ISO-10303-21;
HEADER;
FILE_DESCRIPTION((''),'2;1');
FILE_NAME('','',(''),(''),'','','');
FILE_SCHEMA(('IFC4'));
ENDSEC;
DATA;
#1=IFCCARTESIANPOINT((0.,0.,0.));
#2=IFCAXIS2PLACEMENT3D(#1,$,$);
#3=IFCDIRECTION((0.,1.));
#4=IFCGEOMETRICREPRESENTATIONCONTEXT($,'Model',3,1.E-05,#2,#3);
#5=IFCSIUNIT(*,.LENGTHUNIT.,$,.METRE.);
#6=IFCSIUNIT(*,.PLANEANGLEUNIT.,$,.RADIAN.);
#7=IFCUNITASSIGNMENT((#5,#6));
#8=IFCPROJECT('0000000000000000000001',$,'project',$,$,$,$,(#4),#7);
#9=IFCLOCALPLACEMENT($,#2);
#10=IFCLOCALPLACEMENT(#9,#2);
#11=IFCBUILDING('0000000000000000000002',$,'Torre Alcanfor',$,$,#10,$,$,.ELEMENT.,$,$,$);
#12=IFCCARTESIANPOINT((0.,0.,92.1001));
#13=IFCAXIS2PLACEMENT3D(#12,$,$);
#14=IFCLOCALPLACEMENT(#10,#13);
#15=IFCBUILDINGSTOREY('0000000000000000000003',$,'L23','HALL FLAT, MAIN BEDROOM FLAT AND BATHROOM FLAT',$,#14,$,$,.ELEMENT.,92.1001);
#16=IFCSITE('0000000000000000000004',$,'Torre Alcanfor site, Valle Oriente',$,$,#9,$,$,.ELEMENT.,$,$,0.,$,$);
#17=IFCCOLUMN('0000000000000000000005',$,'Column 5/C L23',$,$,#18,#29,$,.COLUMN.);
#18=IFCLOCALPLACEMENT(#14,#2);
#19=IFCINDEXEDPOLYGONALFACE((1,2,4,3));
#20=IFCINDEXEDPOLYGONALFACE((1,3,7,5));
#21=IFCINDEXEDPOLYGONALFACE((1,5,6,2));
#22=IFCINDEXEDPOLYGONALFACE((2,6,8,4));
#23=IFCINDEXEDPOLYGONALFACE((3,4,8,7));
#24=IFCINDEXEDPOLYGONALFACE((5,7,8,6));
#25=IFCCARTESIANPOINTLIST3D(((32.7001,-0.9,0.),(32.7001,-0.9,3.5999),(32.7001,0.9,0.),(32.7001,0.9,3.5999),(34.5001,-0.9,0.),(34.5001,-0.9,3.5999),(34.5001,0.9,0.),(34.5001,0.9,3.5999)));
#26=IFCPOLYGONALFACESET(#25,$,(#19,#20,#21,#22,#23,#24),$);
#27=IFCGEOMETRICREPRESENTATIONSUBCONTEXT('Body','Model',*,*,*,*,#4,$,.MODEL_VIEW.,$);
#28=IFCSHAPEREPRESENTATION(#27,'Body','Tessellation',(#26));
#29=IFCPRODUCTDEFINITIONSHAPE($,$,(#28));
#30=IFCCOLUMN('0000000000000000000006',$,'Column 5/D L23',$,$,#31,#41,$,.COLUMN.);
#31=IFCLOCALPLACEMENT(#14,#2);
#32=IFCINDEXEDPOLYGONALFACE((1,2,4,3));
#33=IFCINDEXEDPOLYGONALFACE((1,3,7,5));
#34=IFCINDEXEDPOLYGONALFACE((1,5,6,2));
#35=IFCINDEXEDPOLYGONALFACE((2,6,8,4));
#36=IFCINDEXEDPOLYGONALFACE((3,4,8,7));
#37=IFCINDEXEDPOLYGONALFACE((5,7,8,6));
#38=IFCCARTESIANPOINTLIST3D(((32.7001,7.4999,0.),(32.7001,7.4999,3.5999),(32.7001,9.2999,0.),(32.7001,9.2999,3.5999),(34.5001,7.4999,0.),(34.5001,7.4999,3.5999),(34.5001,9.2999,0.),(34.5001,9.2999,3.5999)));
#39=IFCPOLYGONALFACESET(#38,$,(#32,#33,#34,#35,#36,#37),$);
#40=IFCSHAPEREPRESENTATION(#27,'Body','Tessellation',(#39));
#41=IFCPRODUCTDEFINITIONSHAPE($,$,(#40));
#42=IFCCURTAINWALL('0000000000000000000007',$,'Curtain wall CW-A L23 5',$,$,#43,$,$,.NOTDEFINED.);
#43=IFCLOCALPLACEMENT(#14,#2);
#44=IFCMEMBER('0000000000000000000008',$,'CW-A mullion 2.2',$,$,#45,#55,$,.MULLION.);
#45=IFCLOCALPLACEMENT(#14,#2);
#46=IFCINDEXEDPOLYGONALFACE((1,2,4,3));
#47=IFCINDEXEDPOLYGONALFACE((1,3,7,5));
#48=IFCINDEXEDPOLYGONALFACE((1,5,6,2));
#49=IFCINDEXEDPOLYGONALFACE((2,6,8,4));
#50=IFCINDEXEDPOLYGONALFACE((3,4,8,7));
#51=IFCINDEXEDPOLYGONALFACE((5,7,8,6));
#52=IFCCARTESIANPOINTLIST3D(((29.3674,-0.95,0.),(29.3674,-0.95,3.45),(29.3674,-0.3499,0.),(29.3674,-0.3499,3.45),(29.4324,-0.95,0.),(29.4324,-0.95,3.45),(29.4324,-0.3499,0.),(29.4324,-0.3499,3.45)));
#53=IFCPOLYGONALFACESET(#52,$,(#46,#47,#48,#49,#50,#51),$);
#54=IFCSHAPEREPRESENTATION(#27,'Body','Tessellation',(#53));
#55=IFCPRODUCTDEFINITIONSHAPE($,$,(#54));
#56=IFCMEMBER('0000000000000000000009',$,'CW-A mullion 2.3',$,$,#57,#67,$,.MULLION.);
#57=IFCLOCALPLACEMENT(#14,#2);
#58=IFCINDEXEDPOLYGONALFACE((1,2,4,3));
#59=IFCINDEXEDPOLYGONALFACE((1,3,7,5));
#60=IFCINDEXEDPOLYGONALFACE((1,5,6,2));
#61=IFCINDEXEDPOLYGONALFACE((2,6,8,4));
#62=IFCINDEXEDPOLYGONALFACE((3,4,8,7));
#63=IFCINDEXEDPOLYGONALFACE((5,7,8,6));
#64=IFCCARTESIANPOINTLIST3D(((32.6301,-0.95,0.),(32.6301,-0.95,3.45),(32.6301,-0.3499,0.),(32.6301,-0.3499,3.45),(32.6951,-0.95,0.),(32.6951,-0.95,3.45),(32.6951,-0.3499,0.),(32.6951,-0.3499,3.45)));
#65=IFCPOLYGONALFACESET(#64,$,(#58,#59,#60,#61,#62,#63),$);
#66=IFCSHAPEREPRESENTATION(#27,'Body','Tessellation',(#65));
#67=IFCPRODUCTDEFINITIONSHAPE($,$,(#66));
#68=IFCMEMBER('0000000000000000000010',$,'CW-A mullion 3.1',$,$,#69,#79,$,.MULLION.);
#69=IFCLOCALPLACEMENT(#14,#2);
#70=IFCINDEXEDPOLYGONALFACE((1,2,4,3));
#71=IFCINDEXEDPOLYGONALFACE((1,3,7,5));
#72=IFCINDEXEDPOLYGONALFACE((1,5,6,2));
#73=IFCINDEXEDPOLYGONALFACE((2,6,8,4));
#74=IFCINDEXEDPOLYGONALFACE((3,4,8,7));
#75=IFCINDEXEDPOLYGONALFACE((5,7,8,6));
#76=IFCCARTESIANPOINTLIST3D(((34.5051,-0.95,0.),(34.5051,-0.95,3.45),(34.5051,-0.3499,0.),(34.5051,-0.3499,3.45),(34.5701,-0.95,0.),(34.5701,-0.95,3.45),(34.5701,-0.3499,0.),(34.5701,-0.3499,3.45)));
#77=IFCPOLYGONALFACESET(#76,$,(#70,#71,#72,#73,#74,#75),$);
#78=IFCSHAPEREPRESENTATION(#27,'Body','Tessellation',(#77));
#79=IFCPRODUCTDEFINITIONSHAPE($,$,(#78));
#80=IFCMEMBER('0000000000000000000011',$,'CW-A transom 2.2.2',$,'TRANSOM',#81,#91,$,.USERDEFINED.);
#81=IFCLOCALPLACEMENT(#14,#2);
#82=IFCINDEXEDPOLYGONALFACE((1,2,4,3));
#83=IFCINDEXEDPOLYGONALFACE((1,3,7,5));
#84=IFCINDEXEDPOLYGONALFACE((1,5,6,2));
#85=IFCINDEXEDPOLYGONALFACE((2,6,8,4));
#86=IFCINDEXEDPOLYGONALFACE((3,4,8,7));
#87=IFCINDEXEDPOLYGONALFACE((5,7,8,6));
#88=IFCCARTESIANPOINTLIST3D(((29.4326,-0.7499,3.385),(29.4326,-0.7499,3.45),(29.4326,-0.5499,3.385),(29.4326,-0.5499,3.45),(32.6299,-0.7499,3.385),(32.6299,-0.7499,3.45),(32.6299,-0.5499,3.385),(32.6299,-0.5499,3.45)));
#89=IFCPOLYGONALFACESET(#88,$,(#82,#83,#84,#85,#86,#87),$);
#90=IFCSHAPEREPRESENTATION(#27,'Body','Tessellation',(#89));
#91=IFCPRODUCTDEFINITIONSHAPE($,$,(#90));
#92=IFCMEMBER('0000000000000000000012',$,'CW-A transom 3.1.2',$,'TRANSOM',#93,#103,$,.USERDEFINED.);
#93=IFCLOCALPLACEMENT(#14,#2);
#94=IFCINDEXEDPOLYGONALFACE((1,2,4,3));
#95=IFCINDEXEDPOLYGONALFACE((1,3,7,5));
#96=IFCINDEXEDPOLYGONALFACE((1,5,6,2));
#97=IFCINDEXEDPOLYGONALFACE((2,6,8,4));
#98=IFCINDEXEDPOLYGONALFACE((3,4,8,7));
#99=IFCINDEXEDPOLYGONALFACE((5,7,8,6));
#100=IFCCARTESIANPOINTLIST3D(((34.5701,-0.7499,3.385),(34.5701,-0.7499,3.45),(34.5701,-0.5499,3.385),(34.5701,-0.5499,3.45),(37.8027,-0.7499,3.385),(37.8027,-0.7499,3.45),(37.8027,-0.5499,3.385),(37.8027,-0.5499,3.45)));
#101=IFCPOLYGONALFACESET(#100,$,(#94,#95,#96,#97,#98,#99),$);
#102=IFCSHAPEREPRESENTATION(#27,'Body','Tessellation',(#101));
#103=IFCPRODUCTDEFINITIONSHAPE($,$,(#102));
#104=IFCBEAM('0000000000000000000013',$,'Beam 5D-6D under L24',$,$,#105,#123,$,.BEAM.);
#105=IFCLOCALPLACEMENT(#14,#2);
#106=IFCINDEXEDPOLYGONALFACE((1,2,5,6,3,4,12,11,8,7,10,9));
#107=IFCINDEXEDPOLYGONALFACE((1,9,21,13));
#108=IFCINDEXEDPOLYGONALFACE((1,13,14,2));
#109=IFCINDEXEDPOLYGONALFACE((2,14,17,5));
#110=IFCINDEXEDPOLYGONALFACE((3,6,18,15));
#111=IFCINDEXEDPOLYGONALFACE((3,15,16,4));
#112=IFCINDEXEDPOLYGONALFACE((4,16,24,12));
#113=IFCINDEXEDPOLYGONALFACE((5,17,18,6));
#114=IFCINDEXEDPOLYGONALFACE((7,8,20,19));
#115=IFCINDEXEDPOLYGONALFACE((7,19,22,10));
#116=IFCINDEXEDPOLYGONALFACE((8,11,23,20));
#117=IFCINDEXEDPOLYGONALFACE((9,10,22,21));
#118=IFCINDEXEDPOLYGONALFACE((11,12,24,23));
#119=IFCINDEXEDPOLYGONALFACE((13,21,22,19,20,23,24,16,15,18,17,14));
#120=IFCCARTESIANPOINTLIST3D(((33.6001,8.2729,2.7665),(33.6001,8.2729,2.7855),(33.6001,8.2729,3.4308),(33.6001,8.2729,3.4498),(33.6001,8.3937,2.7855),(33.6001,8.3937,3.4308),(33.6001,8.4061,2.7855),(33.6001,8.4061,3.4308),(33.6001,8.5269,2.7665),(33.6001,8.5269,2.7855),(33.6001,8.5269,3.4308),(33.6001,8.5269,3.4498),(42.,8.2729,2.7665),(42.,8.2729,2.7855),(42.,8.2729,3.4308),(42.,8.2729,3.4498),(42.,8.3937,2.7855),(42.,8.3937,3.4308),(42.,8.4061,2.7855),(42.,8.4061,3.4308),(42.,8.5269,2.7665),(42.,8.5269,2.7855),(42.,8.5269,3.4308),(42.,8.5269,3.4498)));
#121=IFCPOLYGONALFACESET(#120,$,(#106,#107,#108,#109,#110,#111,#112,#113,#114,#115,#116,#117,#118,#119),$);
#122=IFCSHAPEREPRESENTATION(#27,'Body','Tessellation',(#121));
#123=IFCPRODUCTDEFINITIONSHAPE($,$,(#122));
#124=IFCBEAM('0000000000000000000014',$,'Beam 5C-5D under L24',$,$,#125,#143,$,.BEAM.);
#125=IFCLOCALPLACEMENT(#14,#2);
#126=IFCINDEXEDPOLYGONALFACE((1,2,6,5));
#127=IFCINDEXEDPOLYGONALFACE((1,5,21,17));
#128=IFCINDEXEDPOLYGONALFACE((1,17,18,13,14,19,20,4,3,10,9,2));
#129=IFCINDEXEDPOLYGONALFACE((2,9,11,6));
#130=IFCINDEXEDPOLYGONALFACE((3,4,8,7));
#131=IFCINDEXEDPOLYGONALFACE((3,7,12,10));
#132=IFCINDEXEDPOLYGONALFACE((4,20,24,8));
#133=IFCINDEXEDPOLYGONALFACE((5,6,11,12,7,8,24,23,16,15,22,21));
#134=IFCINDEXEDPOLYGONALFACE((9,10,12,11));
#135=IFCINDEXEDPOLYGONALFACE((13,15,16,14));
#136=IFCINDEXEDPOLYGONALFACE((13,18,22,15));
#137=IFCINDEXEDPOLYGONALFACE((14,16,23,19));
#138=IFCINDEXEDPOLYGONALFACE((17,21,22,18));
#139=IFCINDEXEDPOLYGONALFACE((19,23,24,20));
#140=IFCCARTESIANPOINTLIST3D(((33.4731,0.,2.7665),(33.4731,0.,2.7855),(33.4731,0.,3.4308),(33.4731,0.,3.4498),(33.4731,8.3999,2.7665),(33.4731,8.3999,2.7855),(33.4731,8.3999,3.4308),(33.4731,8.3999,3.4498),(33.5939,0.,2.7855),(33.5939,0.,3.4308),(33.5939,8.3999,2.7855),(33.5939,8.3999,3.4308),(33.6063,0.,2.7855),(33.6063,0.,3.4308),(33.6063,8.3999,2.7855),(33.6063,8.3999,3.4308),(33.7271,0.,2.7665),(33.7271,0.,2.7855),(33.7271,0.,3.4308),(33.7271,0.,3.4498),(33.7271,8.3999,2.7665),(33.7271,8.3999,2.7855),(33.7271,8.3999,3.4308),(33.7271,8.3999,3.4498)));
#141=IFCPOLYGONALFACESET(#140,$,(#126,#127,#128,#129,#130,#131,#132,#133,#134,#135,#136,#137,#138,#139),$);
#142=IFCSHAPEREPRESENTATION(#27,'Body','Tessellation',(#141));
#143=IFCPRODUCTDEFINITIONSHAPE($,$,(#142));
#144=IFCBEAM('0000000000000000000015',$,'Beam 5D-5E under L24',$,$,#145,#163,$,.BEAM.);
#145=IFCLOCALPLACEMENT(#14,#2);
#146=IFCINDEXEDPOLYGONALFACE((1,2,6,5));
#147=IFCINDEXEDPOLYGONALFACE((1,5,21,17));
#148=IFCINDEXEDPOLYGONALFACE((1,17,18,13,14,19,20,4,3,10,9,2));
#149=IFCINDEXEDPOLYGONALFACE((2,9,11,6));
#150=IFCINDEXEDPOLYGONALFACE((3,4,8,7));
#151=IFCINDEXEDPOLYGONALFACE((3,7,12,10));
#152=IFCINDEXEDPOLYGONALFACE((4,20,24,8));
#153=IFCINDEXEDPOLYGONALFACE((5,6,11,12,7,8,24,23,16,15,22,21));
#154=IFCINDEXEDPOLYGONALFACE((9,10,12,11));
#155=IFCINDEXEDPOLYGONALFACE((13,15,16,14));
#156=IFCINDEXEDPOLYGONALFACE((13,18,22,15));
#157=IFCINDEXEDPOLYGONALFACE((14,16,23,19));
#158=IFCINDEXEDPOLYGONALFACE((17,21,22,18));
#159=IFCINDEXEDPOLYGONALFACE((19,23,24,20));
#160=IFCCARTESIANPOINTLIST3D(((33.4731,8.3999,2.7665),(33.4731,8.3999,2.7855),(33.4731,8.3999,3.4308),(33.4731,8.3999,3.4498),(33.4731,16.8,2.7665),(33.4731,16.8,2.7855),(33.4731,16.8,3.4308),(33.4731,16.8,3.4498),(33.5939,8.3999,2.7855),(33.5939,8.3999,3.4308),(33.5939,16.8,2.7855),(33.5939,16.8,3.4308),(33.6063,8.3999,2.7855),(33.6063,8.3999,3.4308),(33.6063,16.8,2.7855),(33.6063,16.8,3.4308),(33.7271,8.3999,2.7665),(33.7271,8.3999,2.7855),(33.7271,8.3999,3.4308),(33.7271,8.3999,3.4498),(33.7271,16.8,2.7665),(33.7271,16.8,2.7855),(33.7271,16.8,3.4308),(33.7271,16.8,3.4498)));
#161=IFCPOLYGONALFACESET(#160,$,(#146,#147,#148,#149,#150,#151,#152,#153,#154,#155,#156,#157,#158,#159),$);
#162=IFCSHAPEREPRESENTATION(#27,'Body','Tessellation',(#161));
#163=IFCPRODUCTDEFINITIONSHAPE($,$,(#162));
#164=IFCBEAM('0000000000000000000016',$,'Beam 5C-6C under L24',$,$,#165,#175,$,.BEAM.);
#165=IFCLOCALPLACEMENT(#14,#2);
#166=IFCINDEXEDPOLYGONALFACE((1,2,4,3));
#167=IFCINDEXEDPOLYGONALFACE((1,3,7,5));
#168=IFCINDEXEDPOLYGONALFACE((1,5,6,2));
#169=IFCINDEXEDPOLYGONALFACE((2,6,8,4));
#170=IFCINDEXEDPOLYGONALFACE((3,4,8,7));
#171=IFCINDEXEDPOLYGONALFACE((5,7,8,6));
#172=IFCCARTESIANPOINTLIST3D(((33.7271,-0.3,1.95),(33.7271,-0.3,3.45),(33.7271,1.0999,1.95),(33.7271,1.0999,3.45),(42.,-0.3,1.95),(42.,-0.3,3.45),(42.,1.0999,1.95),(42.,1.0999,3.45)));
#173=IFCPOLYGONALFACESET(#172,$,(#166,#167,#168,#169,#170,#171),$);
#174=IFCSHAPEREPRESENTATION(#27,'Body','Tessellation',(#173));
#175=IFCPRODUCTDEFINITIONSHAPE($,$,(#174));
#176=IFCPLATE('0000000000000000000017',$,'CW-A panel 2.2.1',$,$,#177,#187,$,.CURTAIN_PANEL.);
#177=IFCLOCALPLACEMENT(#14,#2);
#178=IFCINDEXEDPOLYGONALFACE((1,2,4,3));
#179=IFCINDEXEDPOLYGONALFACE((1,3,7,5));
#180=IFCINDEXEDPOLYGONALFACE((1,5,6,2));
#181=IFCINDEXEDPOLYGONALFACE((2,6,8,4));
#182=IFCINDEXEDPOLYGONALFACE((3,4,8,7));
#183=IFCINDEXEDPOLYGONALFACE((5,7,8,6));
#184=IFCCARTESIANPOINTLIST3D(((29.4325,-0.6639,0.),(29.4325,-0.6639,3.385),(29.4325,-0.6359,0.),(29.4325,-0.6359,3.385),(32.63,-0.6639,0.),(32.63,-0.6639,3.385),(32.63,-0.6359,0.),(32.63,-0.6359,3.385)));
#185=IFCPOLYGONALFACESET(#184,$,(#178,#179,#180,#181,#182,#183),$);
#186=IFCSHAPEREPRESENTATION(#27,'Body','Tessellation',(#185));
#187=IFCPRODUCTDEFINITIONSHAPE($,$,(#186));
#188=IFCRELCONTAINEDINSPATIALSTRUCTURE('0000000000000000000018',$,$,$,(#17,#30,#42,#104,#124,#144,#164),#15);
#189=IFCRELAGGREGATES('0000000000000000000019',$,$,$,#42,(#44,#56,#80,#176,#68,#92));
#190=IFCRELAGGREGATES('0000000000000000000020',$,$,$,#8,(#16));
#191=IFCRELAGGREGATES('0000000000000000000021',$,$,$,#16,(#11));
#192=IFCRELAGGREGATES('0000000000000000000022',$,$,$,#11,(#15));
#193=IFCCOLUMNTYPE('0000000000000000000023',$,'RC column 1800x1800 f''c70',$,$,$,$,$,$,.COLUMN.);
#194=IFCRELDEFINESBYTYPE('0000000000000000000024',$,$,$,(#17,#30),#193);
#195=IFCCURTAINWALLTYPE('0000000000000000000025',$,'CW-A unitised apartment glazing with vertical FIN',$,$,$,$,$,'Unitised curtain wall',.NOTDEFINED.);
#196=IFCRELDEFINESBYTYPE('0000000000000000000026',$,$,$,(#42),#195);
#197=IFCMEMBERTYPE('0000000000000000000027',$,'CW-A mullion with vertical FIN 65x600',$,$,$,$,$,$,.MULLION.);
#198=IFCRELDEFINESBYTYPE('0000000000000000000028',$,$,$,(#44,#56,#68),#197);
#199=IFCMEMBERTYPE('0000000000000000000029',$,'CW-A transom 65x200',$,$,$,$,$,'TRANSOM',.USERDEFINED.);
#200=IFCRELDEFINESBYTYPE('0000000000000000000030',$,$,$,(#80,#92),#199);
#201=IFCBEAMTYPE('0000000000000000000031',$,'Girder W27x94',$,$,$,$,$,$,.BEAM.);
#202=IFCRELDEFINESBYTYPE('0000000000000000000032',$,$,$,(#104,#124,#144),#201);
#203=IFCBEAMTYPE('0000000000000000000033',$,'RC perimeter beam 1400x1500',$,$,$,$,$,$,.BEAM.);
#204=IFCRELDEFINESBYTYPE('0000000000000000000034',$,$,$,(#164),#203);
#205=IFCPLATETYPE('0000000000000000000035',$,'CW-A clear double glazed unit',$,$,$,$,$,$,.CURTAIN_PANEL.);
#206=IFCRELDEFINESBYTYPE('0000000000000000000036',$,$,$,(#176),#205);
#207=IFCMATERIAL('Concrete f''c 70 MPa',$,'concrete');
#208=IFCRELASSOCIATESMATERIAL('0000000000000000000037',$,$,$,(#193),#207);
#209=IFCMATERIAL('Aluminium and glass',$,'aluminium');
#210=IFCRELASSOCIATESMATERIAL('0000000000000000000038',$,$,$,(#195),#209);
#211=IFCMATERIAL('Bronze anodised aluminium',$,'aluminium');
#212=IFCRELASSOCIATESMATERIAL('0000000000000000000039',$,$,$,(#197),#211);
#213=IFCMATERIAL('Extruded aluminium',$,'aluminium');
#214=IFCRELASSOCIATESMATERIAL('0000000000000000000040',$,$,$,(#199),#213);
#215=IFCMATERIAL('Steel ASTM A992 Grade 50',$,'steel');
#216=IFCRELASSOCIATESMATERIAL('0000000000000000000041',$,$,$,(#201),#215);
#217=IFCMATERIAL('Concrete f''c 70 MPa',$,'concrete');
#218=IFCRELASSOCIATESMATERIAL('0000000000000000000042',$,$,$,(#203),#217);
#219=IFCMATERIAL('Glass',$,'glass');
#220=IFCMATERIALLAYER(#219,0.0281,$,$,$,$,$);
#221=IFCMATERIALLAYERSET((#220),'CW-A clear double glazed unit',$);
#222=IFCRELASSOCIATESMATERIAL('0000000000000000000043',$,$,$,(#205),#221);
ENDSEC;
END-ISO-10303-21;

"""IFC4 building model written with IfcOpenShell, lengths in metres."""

from ifc_helpers import new_model, si_unit, direction, frame, origin, origin_2d, place, context, subcontext, project, spatial, rectangle, i_section, extrude, material, layer, layer_set, material_profile, profile_set, type_object, element, aggregate, save


model = new_model("IFC4")

# Units and contexts
model_context = context("Model", 3, precision=1e-05, world=origin(), true_north=direction((0.0, 1.0)))
body_context = subcontext(model_context, "Body", "Model", "MODEL_VIEW")
ifc_project = project(units=[si_unit("LENGTHUNIT", "METRE"), si_unit("PLANEANGLEUNIT", "RADIAN")], contexts=[model_context])

# Site, building, storey
site_placement = place(None, origin())
site = spatial("IfcSite", under=ifc_project, at=site_placement, Name="Torre Alcanfor site, Valle Oriente", CompositionType="ELEMENT", RefElevation=0.0)
building_placement = place(site_placement, origin())
building = spatial("IfcBuilding", under=site, at=building_placement, Name="Torre Alcanfor", CompositionType="ELEMENT")
storey_placement = place(building_placement, frame((0.0, 0.0, 92.1001)))
storey = spatial("IfcBuildingStorey", under=building, at=storey_placement, Name="L23", Description="HALL FLAT, MAIN BEDROOM FLAT AND BATHROOM FLAT", CompositionType="ELEMENT", Elevation=92.1001)

# Columns
ifc_material_1 = material(Name="Concrete f'c 70 MPa", Category="concrete")
ifc_material_profile_1 = material_profile(ifc_material_1, rectangle(XDim=1.8, YDim=1.8, at=origin_2d()), Name="1800x1800")
ifc_profile_set_1 = profile_set([ifc_material_profile_1], Name="Concrete f'c 70 MPa")
column_type = type_object("IfcColumnType", Name="RC column 1800x1800 f'c70", PredefinedType="COLUMN", material=ifc_profile_set_1)
for number, where, z_axis, x_axis, name in (
    (1, (33.6001, 0.0, 0.0), (0.0, 0.0, 1.0), (1.0, 0.0, 0.0), "Column 5/C L23"),
    (2, (33.6001, 8.3999, 0.0), (0.0, 0.0, 1.0), (1.0, 0.0, 0.0), "Column 5/D L23"),
):
    element("IfcColumn", number, at=place(storey_placement, frame(where, z_axis=z_axis, x_axis=x_axis)), inside=storey, type_object=column_type, Name=name, PredefinedType="COLUMN", context=body_context, shape_type="SweptSolid", body=[
        extrude(rectangle(XDim=1.8, YDim=1.8, at=origin_2d()), origin(), (0.0, 0.0, 1.0), 3.5999),
    ])

# Curtain wall, members
ifc_material_2 = material(Name="Aluminium and glass", Category="aluminium")
curtain_wall_type = type_object("IfcCurtainWallType", Name="CW-A unitised apartment glazing with vertical FIN", ElementType="Unitised curtain wall", PredefinedType="NOTDEFINED", material=ifc_material_2)
curtain_wall_placement = place(storey_placement, origin())
curtain_wall = element("IfcCurtainWall", 3, at=curtain_wall_placement, inside=storey, type_object=curtain_wall_type, Name="Curtain wall CW-A L23 5", PredefinedType="NOTDEFINED")
ifc_material_3 = material(Name="Bronze anodised aluminium", Category="aluminium")
ifc_material_profile_2 = material_profile(ifc_material_3, rectangle(XDim=0.6001, YDim=0.0649, at=origin_2d()), Name="CW-A mullion 65x600")
ifc_profile_set_2 = profile_set([ifc_material_profile_2], Name="Bronze anodised aluminium")
member_type_1 = type_object("IfcMemberType", Name="CW-A mullion with vertical FIN 65x600", PredefinedType="MULLION", material=ifc_profile_set_2)
member_1_placement = place(storey_placement, frame((29.3999, -0.6499, 0.0), z_axis=(0.0, 0.0, 1.0), x_axis=(0.0, 1.0, 0.0)))
member_1 = element("IfcMember", 4, at=member_1_placement, type_object=member_type_1, Name="CW-A mullion 2.2", PredefinedType="MULLION", context=body_context, shape_type="SweptSolid", body=[
    extrude(rectangle(XDim=0.6001, YDim=0.0649, at=origin_2d()), origin(), (0.0, 0.0, 1.0), 3.45),
])
member_2_placement = place(storey_placement, frame((32.6626, -0.6499, 0.0), z_axis=(0.0, 0.0, 1.0), x_axis=(0.0, 1.0, 0.0)))
member_2 = element("IfcMember", 5, at=member_2_placement, type_object=member_type_1, Name="CW-A mullion 2.3", PredefinedType="MULLION", context=body_context, shape_type="SweptSolid", body=[
    extrude(rectangle(XDim=0.6001, YDim=0.0649, at=origin_2d()), origin(), (0.0, 0.0, 1.0), 3.45),
])
member_3_placement = place(storey_placement, frame((34.5376, -0.6499, 0.0), z_axis=(0.0, 0.0, 1.0), x_axis=(0.0, 1.0, 0.0)))
member_3 = element("IfcMember", 6, at=member_3_placement, type_object=member_type_1, Name="CW-A mullion 3.1", PredefinedType="MULLION", context=body_context, shape_type="SweptSolid", body=[
    extrude(rectangle(XDim=0.6001, YDim=0.0649, at=origin_2d()), origin(), (0.0, 0.0, 1.0), 3.45),
])
ifc_material_4 = material(Name="Extruded aluminium", Category="aluminium")
ifc_material_profile_3 = material_profile(ifc_material_4, rectangle(XDim=0.2, YDim=0.0649, at=origin_2d()), Name="CW-A transom 200x65")
ifc_profile_set_3 = profile_set([ifc_material_profile_3], Name="Extruded aluminium")
member_type_2 = type_object("IfcMemberType", Name="CW-A transom 65x200", ElementType="TRANSOM", PredefinedType="USERDEFINED", material=ifc_profile_set_3)
member_4_placement = place(storey_placement, frame((29.4326, -0.6499, 3.4175), z_axis=(1.0, 0.0, 0.0), x_axis=(0.0, 1.0, 0.0)))
member_4 = element("IfcMember", 7, at=member_4_placement, type_object=member_type_2, Name="CW-A transom 2.2.2", ObjectType="TRANSOM", PredefinedType="USERDEFINED", context=body_context, shape_type="SweptSolid", body=[
    extrude(rectangle(XDim=0.2, YDim=0.0649, at=origin_2d()), origin(), (0.0, 0.0, 1.0), 3.1973),
])
member_5_placement = place(storey_placement, frame((34.5701, -0.6499, 3.4175), z_axis=(1.0, 0.0, 0.0), x_axis=(0.0, 1.0, 0.0)))
member_5 = element("IfcMember", 8, at=member_5_placement, type_object=member_type_2, Name="CW-A transom 3.1.2", ObjectType="TRANSOM", PredefinedType="USERDEFINED", context=body_context, shape_type="SweptSolid", body=[
    extrude(rectangle(XDim=0.2, YDim=0.0649, at=origin_2d()), origin(), (0.0, 0.0, 1.0), 3.2327),
])

# Beams
ifc_material_5 = material(Name="Steel ASTM A992 Grade 50", Category="steel")
ifc_material_profile_4 = material_profile(ifc_material_5, i_section(OverallWidth=0.2539, OverallDepth=0.6833, WebThickness=0.0125, FlangeThickness=0.019, at=origin_2d()), Name="W27x94")
ifc_profile_set_4 = profile_set([ifc_material_profile_4], Name="Steel ASTM A992 Grade 50")
beam_type_1 = type_object("IfcBeamType", Name="Girder W27x94", PredefinedType="BEAM", material=ifc_profile_set_4)
for number, where, z_axis, x_axis, name in (
    (9, (33.6001, 8.3999, 3.1082), (1.0, 0.0, 0.0), (0.0, 1.0, 0.0), "Beam 5D-6D under L24"),
    (10, (33.6001, 0.0, 3.1082), (0.0, 1.0, 0.0), (-1.0, 0.0, 0.0), "Beam 5C-5D under L24"),
):
    element("IfcBeam", number, at=place(storey_placement, frame(where, z_axis=z_axis, x_axis=x_axis)), inside=storey, type_object=beam_type_1, Name=name, PredefinedType="BEAM", context=body_context, shape_type="SweptSolid", body=[
        extrude(i_section(OverallWidth=0.2539, OverallDepth=0.6833, WebThickness=0.0125, FlangeThickness=0.019, at=origin_2d()), origin(), (0.0, 0.0, 1.0), 8.3999),
    ])
beam_1_placement = place(storey_placement, frame((33.6001, 8.3999, 3.1082), z_axis=(0.0, 1.0, 0.0), x_axis=(-1.0, 0.0, 0.0)))
element("IfcBeam", 11, at=beam_1_placement, inside=storey, type_object=beam_type_1, Name="Beam 5D-5E under L24", PredefinedType="BEAM", context=body_context, shape_type="SweptSolid", body=[
    extrude(i_section(OverallWidth=0.2539, OverallDepth=0.6833, WebThickness=0.0125, FlangeThickness=0.019, at=origin_2d()), origin(), (0.0, 0.0, 1.0), 8.4001),
])
ifc_material_6 = material(Name="Concrete f'c 70 MPa", Category="concrete")
ifc_material_profile_5 = material_profile(ifc_material_6, rectangle(XDim=1.3999, YDim=1.5, at=origin_2d()), Name="1400x1500")
ifc_profile_set_5 = profile_set([ifc_material_profile_5], Name="Concrete f'c 70 MPa")
beam_type_2 = type_object("IfcBeamType", Name="RC perimeter beam 1400x1500", PredefinedType="BEAM", material=ifc_profile_set_5)
beam_2_placement = place(storey_placement, frame((33.7271, 0.3999, 2.7), z_axis=(1.0, 0.0, 0.0), x_axis=(0.0, 1.0, 0.0)))
element("IfcBeam", 12, at=beam_2_placement, inside=storey, type_object=beam_type_2, Name="Beam 5C-6C under L24", PredefinedType="BEAM", context=body_context, shape_type="SweptSolid", body=[
    extrude(rectangle(XDim=1.3999, YDim=1.5, at=origin_2d()), origin(), (0.0, 0.0, 1.0), 8.2729),
])

# Plate
ifc_material_7 = material(Name="Glass", Category="glass")
ifc_layer_1 = layer(ifc_material_7, 0.0281)
ifc_layer_set_1 = layer_set([ifc_layer_1], Name="CW-A clear double glazed unit")
plate_type = type_object("IfcPlateType", Name="CW-A clear double glazed unit", PredefinedType="CURTAIN_PANEL", material=ifc_layer_set_1)
plate_placement = place(storey_placement, frame((31.0312, -0.6499, 0.0), z_axis=(0.0, 0.0, 1.0), x_axis=(1.0, 0.0, 0.0)))
plate = element("IfcPlate", 13, at=plate_placement, type_object=plate_type, Name="CW-A panel 2.2.1", PredefinedType="CURTAIN_PANEL", context=body_context, shape_type="SweptSolid", body=[
    extrude(rectangle(XDim=3.1975, YDim=0.0281, at=origin_2d()), origin(), (0.0, 0.0, 1.0), 3.385),
])
aggregate(curtain_wall, [member_1, member_2, member_4, plate, member_3, member_5])

save(model, "model.ifc")
